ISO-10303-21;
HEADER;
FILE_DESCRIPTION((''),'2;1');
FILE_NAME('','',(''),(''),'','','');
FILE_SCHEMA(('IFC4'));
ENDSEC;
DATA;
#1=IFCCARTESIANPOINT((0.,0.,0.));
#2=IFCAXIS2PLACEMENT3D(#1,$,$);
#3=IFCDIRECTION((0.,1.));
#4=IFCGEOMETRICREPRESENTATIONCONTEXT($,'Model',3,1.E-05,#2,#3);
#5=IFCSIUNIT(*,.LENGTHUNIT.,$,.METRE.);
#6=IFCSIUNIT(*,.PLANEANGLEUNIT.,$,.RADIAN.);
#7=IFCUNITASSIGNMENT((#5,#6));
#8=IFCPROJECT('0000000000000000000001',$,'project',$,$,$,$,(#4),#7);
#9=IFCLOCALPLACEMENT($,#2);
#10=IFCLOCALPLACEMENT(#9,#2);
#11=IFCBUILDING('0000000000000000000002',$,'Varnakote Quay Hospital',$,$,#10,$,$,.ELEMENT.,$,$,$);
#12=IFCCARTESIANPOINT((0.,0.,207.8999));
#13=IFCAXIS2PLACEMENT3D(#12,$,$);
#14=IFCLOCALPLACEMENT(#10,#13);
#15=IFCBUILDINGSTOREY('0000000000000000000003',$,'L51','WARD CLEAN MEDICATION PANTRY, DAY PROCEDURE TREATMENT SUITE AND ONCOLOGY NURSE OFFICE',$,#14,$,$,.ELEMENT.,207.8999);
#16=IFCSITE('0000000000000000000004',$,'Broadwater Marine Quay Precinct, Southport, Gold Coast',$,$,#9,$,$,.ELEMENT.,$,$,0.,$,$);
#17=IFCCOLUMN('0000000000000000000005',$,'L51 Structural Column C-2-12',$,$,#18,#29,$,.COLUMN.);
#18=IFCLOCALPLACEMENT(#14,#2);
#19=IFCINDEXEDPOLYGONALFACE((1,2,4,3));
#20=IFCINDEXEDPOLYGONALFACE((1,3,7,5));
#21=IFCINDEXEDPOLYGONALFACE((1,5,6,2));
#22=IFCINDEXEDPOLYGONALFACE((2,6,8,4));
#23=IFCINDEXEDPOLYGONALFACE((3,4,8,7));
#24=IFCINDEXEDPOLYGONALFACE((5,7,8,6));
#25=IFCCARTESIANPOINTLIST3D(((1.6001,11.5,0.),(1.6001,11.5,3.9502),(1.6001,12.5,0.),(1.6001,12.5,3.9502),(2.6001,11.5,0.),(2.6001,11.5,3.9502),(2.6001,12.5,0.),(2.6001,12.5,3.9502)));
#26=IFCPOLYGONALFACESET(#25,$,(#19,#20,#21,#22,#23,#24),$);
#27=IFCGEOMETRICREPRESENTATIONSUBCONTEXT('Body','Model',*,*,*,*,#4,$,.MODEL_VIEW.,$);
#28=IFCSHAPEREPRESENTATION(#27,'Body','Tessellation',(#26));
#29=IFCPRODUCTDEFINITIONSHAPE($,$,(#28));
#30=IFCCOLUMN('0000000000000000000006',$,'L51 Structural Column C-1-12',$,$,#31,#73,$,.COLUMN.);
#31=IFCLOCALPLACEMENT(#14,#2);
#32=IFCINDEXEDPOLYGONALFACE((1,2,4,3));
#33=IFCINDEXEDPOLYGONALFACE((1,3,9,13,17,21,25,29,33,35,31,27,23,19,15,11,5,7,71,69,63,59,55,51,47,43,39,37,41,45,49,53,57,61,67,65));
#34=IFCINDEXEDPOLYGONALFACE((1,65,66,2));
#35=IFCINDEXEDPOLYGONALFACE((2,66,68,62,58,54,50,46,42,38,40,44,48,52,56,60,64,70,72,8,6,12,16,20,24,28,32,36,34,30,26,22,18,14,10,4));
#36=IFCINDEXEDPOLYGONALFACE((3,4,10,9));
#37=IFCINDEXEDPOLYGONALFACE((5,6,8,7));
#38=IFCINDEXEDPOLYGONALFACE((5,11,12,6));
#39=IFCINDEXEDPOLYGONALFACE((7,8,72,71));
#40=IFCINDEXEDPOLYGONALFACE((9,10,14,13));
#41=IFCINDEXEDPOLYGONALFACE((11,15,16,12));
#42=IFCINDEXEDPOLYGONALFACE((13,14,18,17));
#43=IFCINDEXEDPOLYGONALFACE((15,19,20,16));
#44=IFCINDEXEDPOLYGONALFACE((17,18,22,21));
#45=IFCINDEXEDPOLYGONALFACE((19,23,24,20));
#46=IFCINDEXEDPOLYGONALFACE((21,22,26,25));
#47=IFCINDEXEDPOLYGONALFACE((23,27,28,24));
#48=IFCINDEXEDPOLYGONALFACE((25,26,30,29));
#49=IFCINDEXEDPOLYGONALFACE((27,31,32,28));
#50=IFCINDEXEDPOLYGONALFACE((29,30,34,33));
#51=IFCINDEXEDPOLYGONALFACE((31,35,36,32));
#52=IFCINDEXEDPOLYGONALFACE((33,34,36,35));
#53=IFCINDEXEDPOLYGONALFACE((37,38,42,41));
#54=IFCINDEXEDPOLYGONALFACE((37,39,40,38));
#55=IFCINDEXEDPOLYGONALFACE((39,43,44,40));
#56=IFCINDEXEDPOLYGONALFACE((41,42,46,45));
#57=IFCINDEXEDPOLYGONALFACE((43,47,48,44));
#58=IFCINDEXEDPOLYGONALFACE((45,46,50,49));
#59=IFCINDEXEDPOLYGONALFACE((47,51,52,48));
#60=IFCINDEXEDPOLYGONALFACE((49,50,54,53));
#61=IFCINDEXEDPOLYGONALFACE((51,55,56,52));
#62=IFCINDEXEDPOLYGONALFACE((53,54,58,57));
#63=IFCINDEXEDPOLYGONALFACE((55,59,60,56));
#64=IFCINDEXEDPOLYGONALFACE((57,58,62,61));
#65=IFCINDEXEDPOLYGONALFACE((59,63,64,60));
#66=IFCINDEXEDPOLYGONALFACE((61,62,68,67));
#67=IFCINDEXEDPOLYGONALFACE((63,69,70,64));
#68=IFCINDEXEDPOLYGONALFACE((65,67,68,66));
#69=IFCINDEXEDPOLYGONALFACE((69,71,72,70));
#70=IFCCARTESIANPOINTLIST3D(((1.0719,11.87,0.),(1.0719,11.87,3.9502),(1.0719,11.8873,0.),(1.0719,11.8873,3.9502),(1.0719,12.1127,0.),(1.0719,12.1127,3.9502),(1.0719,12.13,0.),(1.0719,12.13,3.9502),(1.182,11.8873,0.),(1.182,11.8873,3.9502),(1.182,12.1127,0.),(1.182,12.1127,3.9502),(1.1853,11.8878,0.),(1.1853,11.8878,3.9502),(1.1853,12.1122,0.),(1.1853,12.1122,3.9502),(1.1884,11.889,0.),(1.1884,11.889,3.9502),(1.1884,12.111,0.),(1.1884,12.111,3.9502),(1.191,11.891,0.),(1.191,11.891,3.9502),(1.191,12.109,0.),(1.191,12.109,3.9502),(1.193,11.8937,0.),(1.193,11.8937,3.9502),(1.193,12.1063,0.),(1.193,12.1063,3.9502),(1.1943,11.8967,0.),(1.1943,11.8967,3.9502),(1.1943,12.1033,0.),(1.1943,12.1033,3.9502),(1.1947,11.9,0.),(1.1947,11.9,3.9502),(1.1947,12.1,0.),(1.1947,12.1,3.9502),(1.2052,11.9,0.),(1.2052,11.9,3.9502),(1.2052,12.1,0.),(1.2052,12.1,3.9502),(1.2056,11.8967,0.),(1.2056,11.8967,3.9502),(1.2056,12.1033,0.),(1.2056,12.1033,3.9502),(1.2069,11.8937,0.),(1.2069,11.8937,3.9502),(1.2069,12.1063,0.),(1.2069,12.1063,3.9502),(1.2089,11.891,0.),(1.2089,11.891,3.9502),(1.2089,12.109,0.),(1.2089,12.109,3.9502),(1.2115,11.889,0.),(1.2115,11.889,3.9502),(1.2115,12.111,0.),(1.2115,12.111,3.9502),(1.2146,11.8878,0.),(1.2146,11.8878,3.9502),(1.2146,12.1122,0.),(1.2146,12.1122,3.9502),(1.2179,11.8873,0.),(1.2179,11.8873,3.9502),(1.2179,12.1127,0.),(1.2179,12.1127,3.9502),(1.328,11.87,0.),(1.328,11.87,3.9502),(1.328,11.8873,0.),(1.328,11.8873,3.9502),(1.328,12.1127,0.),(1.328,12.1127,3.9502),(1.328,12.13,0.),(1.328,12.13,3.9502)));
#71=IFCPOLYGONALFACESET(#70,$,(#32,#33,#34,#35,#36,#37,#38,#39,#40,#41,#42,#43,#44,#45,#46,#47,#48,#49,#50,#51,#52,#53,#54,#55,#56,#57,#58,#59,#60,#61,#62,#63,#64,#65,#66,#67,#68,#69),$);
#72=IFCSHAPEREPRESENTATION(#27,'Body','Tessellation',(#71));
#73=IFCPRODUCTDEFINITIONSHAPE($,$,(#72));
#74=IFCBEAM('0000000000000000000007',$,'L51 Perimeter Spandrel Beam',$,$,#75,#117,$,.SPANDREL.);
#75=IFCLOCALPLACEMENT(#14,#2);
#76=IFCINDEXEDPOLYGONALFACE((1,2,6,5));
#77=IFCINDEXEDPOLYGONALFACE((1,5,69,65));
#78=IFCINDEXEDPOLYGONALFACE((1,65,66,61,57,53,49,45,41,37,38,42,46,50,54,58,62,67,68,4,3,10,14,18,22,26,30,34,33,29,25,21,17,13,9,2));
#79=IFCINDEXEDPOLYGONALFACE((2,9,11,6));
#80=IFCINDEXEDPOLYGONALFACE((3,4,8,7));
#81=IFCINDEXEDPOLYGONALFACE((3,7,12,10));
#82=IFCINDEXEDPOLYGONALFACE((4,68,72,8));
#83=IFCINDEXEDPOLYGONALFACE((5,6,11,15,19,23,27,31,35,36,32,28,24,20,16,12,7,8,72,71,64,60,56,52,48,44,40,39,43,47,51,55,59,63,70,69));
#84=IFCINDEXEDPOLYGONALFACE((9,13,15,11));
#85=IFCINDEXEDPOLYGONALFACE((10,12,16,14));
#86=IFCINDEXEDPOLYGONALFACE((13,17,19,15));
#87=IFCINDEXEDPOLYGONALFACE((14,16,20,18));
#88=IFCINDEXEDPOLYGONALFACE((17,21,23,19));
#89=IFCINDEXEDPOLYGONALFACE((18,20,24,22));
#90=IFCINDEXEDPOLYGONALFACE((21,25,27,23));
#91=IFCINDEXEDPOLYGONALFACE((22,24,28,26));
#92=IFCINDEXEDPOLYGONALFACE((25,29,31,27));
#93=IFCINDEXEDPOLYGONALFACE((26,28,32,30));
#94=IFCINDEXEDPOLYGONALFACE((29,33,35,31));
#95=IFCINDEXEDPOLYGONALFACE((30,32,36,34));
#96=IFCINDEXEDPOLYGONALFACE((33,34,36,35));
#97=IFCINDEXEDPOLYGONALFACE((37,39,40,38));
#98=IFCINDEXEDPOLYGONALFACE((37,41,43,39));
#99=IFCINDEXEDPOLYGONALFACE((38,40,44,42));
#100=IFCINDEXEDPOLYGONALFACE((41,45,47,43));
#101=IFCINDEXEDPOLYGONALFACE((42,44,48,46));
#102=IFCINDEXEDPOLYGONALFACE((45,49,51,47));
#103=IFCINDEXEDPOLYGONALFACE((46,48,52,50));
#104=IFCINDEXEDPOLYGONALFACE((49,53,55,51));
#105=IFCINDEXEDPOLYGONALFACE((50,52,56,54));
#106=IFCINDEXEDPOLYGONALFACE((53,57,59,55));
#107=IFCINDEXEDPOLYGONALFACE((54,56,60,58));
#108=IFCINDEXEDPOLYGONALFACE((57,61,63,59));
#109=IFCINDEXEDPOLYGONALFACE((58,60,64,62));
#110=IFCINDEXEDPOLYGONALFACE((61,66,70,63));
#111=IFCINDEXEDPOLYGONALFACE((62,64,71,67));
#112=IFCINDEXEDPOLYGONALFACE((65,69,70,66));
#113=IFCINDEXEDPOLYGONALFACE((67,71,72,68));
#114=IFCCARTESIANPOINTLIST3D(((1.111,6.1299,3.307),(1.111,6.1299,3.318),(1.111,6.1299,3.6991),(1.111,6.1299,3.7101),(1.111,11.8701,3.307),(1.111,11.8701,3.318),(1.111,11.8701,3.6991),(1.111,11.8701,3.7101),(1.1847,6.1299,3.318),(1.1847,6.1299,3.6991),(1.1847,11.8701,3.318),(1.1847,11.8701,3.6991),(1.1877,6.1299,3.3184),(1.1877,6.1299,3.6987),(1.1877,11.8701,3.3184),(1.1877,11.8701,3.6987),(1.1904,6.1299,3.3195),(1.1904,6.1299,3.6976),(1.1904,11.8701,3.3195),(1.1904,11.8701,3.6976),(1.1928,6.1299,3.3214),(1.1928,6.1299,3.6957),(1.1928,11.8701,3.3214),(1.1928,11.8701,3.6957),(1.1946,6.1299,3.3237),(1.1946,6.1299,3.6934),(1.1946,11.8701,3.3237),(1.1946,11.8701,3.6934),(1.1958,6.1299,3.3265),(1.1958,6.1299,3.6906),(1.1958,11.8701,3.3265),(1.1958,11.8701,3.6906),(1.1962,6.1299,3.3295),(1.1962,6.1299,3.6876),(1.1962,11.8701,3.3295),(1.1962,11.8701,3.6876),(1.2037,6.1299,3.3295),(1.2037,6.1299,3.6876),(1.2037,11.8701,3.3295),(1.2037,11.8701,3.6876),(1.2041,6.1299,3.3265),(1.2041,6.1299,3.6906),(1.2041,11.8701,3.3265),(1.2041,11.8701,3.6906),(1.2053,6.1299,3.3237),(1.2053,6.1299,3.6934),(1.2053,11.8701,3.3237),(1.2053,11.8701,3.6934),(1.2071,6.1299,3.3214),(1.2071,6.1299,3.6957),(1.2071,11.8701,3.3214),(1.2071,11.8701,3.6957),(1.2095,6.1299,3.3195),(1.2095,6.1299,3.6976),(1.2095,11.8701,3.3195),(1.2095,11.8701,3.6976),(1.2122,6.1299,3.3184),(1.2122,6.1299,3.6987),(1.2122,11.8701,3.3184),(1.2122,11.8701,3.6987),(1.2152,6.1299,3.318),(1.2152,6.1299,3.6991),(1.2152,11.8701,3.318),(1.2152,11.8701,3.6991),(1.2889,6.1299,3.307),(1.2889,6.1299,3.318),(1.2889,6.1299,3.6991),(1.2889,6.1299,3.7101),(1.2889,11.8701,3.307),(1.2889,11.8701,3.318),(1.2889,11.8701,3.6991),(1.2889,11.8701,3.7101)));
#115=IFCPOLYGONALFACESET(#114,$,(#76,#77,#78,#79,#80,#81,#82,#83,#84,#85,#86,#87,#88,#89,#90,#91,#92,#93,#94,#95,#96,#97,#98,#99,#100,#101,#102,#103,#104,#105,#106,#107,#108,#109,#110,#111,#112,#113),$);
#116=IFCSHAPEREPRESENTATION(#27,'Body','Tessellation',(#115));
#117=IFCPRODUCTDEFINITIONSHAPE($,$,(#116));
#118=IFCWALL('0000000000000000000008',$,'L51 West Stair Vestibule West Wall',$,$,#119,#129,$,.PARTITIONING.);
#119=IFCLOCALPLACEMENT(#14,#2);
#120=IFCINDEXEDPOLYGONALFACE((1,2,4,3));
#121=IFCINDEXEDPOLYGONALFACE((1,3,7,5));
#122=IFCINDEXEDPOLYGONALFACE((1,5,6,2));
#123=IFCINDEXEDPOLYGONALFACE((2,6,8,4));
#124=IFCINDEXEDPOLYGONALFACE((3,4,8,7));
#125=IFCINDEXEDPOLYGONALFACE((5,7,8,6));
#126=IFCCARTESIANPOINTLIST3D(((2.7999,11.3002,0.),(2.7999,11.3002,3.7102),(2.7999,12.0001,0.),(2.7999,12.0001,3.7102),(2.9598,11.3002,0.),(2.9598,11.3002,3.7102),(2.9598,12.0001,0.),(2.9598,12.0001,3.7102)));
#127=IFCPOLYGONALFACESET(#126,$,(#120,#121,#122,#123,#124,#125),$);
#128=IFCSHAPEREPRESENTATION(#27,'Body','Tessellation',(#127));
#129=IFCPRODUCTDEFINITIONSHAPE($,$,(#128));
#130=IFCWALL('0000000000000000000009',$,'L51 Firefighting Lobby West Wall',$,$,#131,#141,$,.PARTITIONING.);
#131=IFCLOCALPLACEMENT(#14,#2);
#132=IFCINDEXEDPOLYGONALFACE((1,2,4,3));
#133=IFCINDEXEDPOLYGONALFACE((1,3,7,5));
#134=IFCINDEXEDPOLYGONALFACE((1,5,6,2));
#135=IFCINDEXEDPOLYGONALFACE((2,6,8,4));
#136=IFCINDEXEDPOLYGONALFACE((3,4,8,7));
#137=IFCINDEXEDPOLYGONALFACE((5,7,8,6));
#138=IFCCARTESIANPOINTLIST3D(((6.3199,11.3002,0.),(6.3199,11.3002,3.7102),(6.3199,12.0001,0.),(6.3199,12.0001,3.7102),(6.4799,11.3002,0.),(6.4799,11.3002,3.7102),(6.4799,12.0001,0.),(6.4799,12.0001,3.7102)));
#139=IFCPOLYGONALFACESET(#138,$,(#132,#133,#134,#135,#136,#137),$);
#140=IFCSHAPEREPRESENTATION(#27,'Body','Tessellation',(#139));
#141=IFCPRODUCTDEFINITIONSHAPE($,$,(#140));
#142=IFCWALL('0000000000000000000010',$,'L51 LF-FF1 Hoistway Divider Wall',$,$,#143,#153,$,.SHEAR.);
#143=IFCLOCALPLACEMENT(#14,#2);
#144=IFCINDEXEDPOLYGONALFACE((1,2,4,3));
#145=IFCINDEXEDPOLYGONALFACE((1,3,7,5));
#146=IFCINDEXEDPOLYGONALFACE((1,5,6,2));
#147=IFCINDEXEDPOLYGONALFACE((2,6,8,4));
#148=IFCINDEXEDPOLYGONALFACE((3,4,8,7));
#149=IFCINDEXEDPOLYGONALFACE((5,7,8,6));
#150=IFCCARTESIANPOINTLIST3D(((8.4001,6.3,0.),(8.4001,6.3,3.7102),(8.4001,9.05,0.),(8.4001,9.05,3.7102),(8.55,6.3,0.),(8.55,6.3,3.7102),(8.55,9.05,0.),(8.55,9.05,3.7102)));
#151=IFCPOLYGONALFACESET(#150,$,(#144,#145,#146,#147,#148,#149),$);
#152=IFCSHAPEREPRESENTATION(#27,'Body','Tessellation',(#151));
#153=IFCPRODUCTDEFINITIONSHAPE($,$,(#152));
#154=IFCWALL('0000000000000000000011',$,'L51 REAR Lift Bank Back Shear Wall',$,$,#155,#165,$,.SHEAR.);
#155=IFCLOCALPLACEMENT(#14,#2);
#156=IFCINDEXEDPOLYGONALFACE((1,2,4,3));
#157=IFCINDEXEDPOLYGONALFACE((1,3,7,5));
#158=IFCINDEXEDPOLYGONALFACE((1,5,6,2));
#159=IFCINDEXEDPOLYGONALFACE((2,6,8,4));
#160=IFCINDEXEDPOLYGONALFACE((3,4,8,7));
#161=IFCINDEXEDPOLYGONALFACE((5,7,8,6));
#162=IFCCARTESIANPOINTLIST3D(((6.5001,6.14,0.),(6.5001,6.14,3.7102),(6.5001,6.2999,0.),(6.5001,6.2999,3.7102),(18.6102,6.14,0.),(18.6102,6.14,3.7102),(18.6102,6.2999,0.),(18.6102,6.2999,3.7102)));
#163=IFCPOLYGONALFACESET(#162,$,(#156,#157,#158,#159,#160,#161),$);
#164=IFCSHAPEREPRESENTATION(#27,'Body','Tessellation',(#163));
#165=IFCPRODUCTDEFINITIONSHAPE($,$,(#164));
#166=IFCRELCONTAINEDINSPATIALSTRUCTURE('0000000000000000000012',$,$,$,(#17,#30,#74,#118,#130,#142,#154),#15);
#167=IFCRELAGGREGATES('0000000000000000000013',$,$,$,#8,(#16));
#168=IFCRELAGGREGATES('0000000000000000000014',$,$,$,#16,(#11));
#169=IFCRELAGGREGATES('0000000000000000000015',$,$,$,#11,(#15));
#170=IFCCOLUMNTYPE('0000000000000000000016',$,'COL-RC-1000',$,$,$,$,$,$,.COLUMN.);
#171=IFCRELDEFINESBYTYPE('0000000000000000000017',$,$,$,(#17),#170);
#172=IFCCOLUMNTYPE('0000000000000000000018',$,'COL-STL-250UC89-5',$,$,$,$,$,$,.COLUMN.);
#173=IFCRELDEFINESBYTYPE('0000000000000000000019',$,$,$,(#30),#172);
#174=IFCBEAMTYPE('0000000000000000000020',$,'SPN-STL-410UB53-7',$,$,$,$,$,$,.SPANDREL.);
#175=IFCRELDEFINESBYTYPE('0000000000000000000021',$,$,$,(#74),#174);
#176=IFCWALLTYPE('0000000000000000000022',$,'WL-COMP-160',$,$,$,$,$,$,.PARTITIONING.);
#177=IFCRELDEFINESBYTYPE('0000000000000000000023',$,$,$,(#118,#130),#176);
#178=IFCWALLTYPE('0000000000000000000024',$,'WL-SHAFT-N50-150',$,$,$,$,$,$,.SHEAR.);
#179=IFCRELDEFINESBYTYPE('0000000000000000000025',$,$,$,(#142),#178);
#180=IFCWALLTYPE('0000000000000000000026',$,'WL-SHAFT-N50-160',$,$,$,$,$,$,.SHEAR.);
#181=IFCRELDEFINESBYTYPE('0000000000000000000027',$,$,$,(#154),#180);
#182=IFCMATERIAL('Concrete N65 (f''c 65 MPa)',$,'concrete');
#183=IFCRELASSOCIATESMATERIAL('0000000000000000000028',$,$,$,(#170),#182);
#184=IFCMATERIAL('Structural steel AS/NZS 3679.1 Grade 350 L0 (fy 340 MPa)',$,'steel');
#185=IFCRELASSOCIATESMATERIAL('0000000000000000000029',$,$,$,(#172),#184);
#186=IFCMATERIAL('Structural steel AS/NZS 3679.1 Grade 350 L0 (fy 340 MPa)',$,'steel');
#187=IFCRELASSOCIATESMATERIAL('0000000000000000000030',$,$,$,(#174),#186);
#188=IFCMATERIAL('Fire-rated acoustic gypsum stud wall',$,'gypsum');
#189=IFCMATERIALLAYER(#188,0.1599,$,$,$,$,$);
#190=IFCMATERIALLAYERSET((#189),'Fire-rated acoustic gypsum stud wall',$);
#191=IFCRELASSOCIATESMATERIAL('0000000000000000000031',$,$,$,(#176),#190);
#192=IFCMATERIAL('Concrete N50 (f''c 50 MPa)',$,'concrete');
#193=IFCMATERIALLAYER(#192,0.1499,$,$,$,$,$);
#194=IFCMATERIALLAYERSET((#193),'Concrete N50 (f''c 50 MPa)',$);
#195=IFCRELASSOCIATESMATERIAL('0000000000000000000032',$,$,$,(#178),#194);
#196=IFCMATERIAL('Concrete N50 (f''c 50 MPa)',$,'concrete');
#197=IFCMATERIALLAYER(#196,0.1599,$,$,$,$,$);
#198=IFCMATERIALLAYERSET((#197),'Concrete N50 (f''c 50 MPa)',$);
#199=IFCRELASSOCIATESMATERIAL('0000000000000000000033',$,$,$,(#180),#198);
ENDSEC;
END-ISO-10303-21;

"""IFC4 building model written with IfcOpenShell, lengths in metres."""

from ifc_helpers import new_model, si_unit, direction, frame, frame_2d, origin, origin_2d, place, context, subcontext, project, spatial, rectangle, i_section, extrude, material, layer, layer_set, material_profile, profile_set, type_object, element, save


model = new_model("IFC4")

# Units and contexts
model_context = context("Model", 3, precision=1e-05, world=origin(), true_north=direction((0.0, 1.0)))
body_context = subcontext(model_context, "Body", "Model", "MODEL_VIEW")
ifc_project = project(units=[si_unit("LENGTHUNIT", "METRE"), si_unit("PLANEANGLEUNIT", "RADIAN")], contexts=[model_context])

# Site, building, storey
site_placement = place(None, origin())
site = spatial("IfcSite", under=ifc_project, at=site_placement, Name="Broadwater Marine Quay Precinct, Southport, Gold Coast", CompositionType="ELEMENT", RefElevation=0.0)
building_placement = place(site_placement, origin())
building = spatial("IfcBuilding", under=site, at=building_placement, Name="Varnakote Quay Hospital", CompositionType="ELEMENT")
storey_placement = place(building_placement, frame((0.0, 0.0, 207.8999)))
storey = spatial("IfcBuildingStorey", under=building, at=storey_placement, Name="L51", Description="WARD CLEAN MEDICATION PANTRY, DAY PROCEDURE TREATMENT SUITE AND ONCOLOGY NURSE OFFICE", CompositionType="ELEMENT", Elevation=207.8999)

# Columns
ifc_material_1 = material(Name="Concrete N65 (f'c 65 MPa)", Category="concrete")
ifc_material_profile_1 = material_profile(ifc_material_1, rectangle(XDim=1.0, YDim=1.0, at=origin_2d()), Name="RC-COL-1000x1000")
ifc_profile_set_1 = profile_set([ifc_material_profile_1], Name="Concrete N65 (f'c 65 MPa)")
column_type_1 = type_object("IfcColumnType", Name="COL-RC-1000", PredefinedType="COLUMN", material=ifc_profile_set_1)
column_1_placement = place(storey_placement, frame((2.1001, 12.0, 0.0), z_axis=(0.0, 0.0, 1.0), x_axis=(1.0, 0.0, 0.0)))
element("IfcColumn", 1, at=column_1_placement, inside=storey, type_object=column_type_1, Name="L51 Structural Column C-2-12", PredefinedType="COLUMN", context=body_context, shape_type="SweptSolid", body=[
    extrude(rectangle(XDim=1.0, YDim=1.0, at=origin_2d()), origin(), (0.0, 0.0, 1.0), 3.9502),
])
ifc_material_2 = material(Name="Structural steel AS/NZS 3679.1 Grade 350 L0 (fy 340 MPa)", Category="steel")
ifc_material_profile_2 = material_profile(ifc_material_2, i_section(OverallWidth=0.2561, OverallDepth=0.26, WebThickness=0.0105, FlangeThickness=0.0173, FilletRadius=0.0127, at=origin_2d()), Name="250UC89.5")
ifc_profile_set_2 = profile_set([ifc_material_profile_2], Name="Structural steel AS/NZS 3679.1 Grade 350 L0 (fy 340 MPa)")
column_type_2 = type_object("IfcColumnType", Name="COL-STL-250UC89-5", PredefinedType="COLUMN", material=ifc_profile_set_2)
column_2_placement = place(storey_placement, frame((1.2, 12.0, 0.0), z_axis=(0.0, 0.0, 1.0), x_axis=(1.0, 0.0, 0.0)))
element("IfcColumn", 2, at=column_2_placement, inside=storey, type_object=column_type_2, Name="L51 Structural Column C-1-12", PredefinedType="COLUMN", context=body_context, shape_type="SweptSolid", body=[
    extrude(i_section(OverallWidth=0.2561, OverallDepth=0.26, WebThickness=0.0105, FlangeThickness=0.0173, FilletRadius=0.0127, at=origin_2d()), origin(), (0.0, 0.0, 1.0), 3.9502),
])

# Beam
ifc_material_3 = material(Name="Structural steel AS/NZS 3679.1 Grade 350 L0 (fy 340 MPa)", Category="steel")
ifc_material_profile_3 = material_profile(ifc_material_3, i_section(OverallWidth=0.178, OverallDepth=0.4031, WebThickness=0.0076, FlangeThickness=0.011, FilletRadius=0.0115, at=origin_2d()), Name="410UB53.7")
ifc_profile_set_3 = profile_set([ifc_material_profile_3], Name="Structural steel AS/NZS 3679.1 Grade 350 L0 (fy 340 MPa)")
beam_type = type_object("IfcBeamType", Name="SPN-STL-410UB53-7", PredefinedType="SPANDREL", material=ifc_profile_set_3)
beam_placement = place(storey_placement, frame((1.2, 6.1299, 3.5085), z_axis=(0.0, 1.0, 0.0), x_axis=(-1.0, 0.0, 0.0)))
element("IfcBeam", 3, at=beam_placement, inside=storey, type_object=beam_type, Name="L51 Perimeter Spandrel Beam", PredefinedType="SPANDREL", context=body_context, shape_type="SweptSolid", body=[
    extrude(i_section(OverallWidth=0.178, OverallDepth=0.4031, WebThickness=0.0076, FlangeThickness=0.011, FilletRadius=0.0115, at=origin_2d()), origin(), (0.0, 0.0, 1.0), 5.7402),
])

# Walls
ifc_material_4 = material(Name="Fire-rated acoustic gypsum stud wall", Category="gypsum")
ifc_layer_1 = layer(ifc_material_4, 0.1599)
ifc_layer_set_1 = layer_set([ifc_layer_1], Name="Fire-rated acoustic gypsum stud wall")
wall_type_1 = type_object("IfcWallType", Name="WL-COMP-160", PredefinedType="PARTITIONING", material=ifc_layer_set_1)
for number, where, z_axis, x_axis, name in (
    (4, (2.8799, 11.3, 0.0), (0.0, 0.0, 1.0), (0.0, 1.0, 0.0), "L51 West Stair Vestibule West Wall"),
    (5, (6.3999, 11.3, 0.0), (0.0, 0.0, 1.0), (0.0, 1.0, 0.0), "L51 Firefighting Lobby West Wall"),
):
    element("IfcWall", number, at=place(storey_placement, frame(where, z_axis=z_axis, x_axis=x_axis)), inside=storey, type_object=wall_type_1, Name=name, PredefinedType="PARTITIONING", context=body_context, shape_type="SweptSolid", body=[
        extrude(rectangle(XDim=0.7, YDim=0.1599, at=frame_2d((0.3501, 0.0))), origin(), (0.0, 0.0, 1.0), 3.7102),
    ])
ifc_material_5 = material(Name="Concrete N50 (f'c 50 MPa)", Category="concrete")
ifc_layer_2 = layer(ifc_material_5, 0.1499)
ifc_layer_set_2 = layer_set([ifc_layer_2], Name="Concrete N50 (f'c 50 MPa)")
wall_type_2 = type_object("IfcWallType", Name="WL-SHAFT-N50-150", PredefinedType="SHEAR", material=ifc_layer_set_2)
wall_1_placement = place(storey_placement, frame((8.4751, 6.3, 0.0), z_axis=(0.0, 0.0, 1.0), x_axis=(0.0, 1.0, 0.0)))
element("IfcWall", 6, at=wall_1_placement, inside=storey, type_object=wall_type_2, Name="L51 LF-FF1 Hoistway Divider Wall", PredefinedType="SHEAR", context=body_context, shape_type="SweptSolid", body=[
    extrude(rectangle(XDim=2.75, YDim=0.1499, at=frame_2d((1.375, 0.0))), origin(), (0.0, 0.0, 1.0), 3.7102),
])
ifc_material_6 = material(Name="Concrete N50 (f'c 50 MPa)", Category="concrete")
ifc_layer_3 = layer(ifc_material_6, 0.1599)
ifc_layer_set_3 = layer_set([ifc_layer_3], Name="Concrete N50 (f'c 50 MPa)")
wall_type_3 = type_object("IfcWallType", Name="WL-SHAFT-N50-160", PredefinedType="SHEAR", material=ifc_layer_set_3)
wall_2_placement = place(storey_placement, frame((6.5, 6.22, 0.0), z_axis=(0.0, 0.0, 1.0), x_axis=(1.0, 0.0, 0.0)))
element("IfcWall", 7, at=wall_2_placement, inside=storey, type_object=wall_type_3, Name="L51 REAR Lift Bank Back Shear Wall", PredefinedType="SHEAR", context=body_context, shape_type="SweptSolid", body=[
    extrude(rectangle(XDim=12.1101, YDim=0.1599, at=frame_2d((6.0552, 0.0))), origin(), (0.0, 0.0, 1.0), 3.7102),
])

save(model, "model.ifc")
